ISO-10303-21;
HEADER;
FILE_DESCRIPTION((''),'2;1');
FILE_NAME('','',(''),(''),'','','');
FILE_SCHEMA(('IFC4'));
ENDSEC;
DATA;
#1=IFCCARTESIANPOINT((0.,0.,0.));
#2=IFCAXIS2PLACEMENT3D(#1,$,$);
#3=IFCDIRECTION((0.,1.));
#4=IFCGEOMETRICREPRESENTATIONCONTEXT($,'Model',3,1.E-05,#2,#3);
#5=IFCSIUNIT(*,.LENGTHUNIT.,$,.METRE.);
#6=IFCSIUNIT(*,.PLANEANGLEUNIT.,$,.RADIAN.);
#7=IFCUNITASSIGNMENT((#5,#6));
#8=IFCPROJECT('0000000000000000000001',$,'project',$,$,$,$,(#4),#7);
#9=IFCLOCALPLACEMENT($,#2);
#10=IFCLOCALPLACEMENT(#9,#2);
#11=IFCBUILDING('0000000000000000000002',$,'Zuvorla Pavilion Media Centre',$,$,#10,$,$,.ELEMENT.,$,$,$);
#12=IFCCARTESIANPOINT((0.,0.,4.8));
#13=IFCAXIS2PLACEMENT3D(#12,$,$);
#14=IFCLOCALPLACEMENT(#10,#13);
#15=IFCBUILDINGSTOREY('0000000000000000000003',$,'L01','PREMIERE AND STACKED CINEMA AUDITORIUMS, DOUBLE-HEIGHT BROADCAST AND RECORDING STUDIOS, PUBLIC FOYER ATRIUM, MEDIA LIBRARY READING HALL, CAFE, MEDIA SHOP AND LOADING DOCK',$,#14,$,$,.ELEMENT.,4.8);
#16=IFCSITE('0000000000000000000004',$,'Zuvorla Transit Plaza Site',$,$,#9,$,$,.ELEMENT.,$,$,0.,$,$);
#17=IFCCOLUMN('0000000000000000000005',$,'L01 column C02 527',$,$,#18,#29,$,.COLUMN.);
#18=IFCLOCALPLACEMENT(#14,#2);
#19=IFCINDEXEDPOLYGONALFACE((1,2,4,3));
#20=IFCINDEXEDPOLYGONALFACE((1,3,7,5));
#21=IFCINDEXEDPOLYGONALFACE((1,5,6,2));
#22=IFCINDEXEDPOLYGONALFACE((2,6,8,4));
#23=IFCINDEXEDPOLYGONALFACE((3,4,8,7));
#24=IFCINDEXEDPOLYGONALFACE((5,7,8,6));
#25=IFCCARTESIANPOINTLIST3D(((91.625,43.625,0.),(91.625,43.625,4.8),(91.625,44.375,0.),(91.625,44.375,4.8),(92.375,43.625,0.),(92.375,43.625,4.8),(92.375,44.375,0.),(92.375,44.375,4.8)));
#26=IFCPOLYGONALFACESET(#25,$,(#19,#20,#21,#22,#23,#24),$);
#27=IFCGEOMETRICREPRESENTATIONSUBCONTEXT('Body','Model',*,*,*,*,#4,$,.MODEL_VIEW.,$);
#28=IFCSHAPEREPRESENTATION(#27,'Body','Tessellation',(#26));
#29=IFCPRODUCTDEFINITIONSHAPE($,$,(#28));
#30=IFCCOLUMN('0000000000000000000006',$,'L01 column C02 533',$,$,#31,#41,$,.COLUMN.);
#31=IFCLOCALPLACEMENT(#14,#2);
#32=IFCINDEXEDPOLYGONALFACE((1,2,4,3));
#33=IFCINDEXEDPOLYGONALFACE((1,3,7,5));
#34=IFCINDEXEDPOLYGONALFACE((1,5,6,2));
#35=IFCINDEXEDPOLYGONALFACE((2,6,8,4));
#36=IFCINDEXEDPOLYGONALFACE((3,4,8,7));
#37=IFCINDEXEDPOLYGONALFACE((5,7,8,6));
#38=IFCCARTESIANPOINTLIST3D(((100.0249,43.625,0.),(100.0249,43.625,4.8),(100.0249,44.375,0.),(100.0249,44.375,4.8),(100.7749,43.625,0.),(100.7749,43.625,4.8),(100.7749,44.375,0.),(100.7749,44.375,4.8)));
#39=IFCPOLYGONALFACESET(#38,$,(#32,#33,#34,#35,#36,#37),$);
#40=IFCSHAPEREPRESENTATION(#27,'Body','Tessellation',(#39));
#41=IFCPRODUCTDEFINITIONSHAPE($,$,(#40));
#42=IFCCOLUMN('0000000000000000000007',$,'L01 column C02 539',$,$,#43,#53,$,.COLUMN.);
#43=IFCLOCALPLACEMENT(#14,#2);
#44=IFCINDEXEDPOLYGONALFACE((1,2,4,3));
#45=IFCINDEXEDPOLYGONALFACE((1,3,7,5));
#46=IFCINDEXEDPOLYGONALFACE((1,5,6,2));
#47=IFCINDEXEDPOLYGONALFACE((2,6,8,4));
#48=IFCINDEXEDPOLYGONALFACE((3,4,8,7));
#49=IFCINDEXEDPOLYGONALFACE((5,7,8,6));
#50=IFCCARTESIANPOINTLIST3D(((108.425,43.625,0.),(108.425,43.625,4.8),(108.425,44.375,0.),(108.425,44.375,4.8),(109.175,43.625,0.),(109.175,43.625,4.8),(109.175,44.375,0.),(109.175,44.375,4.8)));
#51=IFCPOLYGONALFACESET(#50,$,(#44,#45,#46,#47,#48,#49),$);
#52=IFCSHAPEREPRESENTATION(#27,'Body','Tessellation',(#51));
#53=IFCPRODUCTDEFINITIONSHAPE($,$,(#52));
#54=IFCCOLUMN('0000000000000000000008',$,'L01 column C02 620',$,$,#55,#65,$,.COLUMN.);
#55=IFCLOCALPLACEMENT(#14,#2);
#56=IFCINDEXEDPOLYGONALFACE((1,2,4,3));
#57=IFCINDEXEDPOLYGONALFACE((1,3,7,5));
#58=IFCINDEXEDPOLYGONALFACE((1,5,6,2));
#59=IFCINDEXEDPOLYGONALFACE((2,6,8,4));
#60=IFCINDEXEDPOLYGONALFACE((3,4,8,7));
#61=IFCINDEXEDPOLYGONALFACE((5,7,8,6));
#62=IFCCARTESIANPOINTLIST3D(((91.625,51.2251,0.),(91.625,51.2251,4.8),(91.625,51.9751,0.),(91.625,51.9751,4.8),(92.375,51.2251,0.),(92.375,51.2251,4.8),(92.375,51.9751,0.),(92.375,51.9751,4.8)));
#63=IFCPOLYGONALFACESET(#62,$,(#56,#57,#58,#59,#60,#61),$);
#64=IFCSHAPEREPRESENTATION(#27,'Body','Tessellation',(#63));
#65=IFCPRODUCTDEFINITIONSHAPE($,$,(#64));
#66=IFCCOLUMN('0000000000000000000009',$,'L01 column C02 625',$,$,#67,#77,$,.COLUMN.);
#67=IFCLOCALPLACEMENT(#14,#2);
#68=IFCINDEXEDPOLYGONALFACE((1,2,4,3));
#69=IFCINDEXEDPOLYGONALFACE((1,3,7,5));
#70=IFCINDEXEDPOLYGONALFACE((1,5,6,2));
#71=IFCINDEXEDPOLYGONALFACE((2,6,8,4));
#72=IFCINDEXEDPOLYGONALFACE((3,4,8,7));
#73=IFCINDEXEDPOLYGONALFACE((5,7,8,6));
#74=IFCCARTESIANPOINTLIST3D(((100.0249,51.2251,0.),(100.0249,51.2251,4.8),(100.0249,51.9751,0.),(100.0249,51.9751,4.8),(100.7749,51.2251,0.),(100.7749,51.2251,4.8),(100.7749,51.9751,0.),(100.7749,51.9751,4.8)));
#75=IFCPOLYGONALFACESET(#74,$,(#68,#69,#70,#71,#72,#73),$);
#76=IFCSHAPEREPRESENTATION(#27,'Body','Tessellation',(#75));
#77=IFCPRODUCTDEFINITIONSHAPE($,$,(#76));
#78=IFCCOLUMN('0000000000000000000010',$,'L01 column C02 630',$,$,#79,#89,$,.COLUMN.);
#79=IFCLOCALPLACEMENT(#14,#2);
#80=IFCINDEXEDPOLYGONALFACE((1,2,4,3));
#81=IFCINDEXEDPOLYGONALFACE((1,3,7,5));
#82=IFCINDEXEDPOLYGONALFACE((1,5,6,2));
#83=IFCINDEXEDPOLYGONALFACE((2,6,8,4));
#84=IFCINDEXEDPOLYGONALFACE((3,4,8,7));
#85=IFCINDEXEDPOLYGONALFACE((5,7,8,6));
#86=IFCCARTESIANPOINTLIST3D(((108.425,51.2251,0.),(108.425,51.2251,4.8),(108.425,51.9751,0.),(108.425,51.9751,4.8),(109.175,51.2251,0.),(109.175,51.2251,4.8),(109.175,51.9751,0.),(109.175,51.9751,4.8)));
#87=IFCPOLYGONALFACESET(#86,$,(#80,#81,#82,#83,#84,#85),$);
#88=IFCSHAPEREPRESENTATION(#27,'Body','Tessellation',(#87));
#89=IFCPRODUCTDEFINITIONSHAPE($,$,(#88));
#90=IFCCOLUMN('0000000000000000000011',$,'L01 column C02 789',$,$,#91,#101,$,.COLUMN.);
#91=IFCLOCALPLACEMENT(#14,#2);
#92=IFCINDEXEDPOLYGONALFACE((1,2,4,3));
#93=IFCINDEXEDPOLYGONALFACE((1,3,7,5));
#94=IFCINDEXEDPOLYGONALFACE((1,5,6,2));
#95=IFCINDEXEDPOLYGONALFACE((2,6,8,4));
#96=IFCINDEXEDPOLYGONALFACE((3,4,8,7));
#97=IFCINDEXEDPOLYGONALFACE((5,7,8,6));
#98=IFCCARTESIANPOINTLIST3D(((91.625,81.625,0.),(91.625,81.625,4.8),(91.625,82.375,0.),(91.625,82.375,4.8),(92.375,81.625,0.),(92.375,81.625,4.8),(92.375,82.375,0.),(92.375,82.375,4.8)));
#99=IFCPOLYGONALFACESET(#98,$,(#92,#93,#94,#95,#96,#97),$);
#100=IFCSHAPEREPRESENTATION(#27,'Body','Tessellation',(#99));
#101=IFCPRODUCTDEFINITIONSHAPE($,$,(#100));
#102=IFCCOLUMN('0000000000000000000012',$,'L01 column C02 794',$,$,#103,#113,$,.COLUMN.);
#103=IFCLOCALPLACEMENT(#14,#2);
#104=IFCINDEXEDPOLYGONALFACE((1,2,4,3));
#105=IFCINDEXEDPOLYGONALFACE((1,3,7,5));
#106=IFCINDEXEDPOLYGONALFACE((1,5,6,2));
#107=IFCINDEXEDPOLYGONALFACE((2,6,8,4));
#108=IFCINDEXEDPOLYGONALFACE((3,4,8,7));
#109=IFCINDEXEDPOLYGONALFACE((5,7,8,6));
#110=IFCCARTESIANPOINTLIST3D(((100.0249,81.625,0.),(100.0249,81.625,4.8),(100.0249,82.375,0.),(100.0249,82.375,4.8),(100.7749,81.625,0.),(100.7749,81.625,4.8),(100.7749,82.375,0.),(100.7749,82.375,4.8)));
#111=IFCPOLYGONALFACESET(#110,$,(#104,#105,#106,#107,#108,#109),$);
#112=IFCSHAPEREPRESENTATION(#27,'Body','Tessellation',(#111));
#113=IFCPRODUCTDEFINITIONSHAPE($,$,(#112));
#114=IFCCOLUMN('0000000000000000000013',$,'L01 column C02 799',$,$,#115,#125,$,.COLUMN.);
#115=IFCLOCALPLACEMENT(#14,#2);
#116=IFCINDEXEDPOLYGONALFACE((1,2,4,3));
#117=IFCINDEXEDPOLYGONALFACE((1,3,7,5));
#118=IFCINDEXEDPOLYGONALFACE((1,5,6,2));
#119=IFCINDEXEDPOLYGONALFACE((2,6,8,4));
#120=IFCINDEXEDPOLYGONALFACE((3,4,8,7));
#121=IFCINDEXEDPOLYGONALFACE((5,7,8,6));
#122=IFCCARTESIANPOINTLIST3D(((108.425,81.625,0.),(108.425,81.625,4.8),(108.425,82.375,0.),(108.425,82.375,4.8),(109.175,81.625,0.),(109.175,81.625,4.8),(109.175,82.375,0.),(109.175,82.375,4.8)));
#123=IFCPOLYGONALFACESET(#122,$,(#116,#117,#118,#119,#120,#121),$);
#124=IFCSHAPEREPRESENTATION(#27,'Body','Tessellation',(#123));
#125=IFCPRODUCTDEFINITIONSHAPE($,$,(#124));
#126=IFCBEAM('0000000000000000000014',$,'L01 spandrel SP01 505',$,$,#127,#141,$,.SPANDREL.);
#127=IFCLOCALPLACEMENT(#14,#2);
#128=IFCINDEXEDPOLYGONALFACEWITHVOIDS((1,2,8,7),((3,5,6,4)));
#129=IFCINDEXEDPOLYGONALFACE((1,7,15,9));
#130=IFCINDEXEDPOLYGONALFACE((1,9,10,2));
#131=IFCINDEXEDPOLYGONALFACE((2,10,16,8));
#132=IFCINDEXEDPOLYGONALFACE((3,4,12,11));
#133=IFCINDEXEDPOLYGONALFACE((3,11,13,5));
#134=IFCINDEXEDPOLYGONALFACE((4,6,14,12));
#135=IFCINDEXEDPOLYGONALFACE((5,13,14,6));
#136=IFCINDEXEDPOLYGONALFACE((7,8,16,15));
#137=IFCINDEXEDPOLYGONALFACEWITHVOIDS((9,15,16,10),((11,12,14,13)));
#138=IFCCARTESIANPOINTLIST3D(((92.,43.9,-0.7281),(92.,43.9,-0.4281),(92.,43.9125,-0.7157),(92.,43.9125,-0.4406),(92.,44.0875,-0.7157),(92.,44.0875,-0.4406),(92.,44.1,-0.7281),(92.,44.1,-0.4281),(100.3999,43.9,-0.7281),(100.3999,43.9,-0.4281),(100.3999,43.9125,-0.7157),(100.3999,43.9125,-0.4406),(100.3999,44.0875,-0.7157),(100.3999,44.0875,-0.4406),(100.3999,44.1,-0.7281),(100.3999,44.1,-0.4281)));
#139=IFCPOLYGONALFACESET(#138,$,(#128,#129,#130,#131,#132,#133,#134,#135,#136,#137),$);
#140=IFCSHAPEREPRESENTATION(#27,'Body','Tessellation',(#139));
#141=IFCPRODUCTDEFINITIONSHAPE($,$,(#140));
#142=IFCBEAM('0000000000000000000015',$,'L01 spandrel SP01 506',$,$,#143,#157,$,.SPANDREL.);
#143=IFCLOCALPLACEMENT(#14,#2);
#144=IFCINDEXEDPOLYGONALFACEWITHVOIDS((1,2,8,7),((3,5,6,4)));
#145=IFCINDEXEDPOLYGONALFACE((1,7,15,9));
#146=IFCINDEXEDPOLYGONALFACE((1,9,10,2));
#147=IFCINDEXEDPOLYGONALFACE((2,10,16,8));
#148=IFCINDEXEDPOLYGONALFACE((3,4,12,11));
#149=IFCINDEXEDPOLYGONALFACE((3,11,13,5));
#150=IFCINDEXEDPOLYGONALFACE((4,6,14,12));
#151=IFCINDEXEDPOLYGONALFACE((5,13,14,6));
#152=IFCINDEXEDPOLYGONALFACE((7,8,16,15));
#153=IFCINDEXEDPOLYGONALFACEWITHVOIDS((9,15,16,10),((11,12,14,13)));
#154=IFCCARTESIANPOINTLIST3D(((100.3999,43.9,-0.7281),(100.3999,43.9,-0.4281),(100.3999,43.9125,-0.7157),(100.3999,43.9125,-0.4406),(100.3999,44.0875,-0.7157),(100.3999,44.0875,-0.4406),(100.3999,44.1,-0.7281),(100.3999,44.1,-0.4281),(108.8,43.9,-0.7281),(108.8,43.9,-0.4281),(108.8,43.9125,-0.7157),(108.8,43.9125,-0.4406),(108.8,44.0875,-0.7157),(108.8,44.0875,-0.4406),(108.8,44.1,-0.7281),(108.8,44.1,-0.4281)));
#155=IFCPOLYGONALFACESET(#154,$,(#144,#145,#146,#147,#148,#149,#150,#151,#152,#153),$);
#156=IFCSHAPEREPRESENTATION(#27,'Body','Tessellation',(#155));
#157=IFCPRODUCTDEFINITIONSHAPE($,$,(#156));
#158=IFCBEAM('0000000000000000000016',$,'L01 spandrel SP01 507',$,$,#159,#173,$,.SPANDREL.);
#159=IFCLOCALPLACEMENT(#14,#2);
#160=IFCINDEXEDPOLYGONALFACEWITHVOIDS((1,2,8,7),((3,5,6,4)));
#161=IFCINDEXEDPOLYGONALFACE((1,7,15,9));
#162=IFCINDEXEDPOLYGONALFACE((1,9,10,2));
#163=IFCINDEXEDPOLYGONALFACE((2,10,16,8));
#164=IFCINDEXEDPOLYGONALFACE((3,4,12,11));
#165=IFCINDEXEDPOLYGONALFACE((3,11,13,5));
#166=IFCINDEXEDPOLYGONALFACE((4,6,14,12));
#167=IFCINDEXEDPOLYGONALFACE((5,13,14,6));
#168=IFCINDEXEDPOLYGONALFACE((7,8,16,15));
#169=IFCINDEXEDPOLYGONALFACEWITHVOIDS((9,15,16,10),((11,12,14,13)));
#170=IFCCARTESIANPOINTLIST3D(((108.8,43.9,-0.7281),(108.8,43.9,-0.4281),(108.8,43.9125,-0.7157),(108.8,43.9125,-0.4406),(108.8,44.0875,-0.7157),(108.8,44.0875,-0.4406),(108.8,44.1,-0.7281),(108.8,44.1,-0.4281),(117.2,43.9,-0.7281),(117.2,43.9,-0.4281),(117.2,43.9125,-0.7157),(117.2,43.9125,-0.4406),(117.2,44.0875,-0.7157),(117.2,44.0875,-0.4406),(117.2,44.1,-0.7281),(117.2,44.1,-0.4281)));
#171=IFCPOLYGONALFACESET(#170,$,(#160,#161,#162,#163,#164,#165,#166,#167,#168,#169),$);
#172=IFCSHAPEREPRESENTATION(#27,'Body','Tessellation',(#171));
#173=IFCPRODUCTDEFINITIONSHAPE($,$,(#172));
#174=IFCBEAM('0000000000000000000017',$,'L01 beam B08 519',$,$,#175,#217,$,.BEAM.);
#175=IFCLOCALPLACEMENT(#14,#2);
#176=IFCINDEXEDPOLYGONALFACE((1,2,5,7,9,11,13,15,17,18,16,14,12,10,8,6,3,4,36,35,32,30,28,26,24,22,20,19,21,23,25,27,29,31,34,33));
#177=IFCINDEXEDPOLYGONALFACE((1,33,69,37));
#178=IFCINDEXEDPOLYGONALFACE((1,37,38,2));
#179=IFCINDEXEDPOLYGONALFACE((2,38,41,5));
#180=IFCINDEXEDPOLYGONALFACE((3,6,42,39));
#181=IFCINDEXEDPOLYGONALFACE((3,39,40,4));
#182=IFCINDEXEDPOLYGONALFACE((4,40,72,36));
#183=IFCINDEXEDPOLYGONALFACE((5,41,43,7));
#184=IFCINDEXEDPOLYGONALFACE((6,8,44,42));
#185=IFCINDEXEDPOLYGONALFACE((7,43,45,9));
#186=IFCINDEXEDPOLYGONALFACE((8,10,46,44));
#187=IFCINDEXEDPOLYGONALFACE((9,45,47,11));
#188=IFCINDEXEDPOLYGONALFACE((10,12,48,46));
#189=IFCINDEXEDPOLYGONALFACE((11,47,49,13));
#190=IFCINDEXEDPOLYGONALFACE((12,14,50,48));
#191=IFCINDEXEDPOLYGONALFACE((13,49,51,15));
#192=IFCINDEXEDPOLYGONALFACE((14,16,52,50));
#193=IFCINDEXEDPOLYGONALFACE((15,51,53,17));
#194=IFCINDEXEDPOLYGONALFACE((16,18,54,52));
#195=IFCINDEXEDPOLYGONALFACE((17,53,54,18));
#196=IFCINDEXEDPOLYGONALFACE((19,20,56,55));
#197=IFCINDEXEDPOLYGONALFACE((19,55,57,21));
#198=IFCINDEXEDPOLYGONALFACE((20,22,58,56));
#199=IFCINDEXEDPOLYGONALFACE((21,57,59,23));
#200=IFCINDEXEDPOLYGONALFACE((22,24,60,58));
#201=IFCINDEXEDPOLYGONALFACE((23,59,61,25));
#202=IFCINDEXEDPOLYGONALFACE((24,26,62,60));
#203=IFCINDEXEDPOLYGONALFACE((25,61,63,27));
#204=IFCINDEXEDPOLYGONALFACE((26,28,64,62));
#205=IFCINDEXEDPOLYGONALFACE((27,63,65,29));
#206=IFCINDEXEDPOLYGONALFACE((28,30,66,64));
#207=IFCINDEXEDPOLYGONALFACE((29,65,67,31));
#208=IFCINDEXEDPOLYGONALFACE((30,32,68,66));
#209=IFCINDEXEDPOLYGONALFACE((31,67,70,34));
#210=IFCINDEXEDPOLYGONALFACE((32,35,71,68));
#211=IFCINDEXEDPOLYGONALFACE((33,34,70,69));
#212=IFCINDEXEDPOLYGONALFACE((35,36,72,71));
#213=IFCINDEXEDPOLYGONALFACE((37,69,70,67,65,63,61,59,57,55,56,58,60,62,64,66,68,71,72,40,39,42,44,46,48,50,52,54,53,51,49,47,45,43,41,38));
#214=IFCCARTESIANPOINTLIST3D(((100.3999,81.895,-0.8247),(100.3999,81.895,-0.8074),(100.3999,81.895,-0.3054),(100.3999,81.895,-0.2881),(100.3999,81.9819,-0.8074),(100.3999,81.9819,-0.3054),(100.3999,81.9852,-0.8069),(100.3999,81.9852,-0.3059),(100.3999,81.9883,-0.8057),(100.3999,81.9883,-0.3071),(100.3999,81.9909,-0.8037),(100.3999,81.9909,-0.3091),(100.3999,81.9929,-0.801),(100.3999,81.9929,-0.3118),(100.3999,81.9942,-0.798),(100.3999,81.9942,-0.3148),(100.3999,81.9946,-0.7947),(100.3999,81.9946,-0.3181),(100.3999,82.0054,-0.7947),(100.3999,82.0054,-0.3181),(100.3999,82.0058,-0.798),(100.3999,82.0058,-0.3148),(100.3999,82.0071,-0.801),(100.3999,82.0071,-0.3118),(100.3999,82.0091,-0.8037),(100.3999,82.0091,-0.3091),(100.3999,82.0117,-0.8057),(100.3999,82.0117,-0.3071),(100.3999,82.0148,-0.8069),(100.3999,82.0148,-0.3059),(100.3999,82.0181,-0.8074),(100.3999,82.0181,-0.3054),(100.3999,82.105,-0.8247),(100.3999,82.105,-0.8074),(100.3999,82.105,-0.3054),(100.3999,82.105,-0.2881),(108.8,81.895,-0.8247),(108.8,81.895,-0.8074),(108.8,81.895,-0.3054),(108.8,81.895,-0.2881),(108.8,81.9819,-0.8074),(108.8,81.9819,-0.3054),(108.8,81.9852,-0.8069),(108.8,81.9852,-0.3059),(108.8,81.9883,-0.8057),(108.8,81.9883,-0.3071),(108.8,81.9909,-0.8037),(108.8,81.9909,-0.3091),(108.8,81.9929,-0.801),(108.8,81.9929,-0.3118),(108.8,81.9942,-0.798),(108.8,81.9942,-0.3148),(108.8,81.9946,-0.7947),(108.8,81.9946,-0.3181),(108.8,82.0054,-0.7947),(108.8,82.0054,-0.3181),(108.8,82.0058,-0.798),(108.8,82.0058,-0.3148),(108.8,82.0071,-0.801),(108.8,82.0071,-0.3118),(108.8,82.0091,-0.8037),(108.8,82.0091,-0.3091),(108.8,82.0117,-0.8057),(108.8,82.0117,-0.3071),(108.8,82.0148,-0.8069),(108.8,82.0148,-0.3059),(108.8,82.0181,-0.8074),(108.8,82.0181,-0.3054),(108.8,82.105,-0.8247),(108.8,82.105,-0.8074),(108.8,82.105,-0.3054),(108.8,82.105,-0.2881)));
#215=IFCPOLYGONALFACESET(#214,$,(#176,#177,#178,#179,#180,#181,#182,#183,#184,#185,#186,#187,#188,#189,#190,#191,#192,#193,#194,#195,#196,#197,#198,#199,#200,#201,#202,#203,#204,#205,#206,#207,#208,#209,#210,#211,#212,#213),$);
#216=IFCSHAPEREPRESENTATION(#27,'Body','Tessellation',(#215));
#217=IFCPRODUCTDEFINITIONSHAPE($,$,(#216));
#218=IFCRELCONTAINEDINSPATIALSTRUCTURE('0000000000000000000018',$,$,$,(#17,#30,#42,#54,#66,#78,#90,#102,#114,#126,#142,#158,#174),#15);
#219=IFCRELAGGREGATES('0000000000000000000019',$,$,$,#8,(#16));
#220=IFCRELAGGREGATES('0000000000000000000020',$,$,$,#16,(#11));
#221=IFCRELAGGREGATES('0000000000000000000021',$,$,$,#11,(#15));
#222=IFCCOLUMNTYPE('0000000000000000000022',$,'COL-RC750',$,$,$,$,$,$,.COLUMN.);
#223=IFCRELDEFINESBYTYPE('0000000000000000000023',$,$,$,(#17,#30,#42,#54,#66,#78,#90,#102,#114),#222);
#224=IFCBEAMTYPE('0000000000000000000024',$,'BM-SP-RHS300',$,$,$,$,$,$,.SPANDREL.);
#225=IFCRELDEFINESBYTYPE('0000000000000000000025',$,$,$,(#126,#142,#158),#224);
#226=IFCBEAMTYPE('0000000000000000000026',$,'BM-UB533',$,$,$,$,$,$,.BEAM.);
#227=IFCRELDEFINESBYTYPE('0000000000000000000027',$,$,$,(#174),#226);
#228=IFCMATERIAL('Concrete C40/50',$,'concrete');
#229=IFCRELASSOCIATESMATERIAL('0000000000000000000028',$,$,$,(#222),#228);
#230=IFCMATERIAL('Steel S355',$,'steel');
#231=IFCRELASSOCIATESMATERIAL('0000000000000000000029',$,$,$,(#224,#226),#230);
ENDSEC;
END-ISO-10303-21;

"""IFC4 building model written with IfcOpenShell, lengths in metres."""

from ifc_helpers import new_model, si_unit, direction, frame, origin, origin_2d, place, context, subcontext, project, spatial, rectangle, hollow_rectangle, i_section, extrude, material, material_profile, profile_set, type_object, element, save


model = new_model("IFC4")

# Units and contexts
model_context = context("Model", 3, precision=1e-05, world=origin(), true_north=direction((0.0, 1.0)))
body_context = subcontext(model_context, "Body", "Model", "MODEL_VIEW")
ifc_project = project(units=[si_unit("LENGTHUNIT", "METRE"), si_unit("PLANEANGLEUNIT", "RADIAN")], contexts=[model_context])

# Site, building, storey
site_placement = place(None, origin())
site = spatial("IfcSite", under=ifc_project, at=site_placement, Name="Zuvorla Transit Plaza Site", CompositionType="ELEMENT", RefElevation=0.0)
building_placement = place(site_placement, origin())
building = spatial("IfcBuilding", under=site, at=building_placement, Name="Zuvorla Pavilion Media Centre", CompositionType="ELEMENT")
storey_placement = place(building_placement, frame((0.0, 0.0, 4.8)))
storey = spatial("IfcBuildingStorey", under=building, at=storey_placement, Name="L01", Description="PREMIERE AND STACKED CINEMA AUDITORIUMS, DOUBLE-HEIGHT BROADCAST AND RECORDING STUDIOS, PUBLIC FOYER ATRIUM, MEDIA LIBRARY READING HALL, CAFE, MEDIA SHOP AND LOADING DOCK", CompositionType="ELEMENT", Elevation=4.8)

# Columns
ifc_material_1 = material(Name="Concrete C40/50", Category="concrete")
ifc_material_profile_1 = material_profile(ifc_material_1, rectangle(XDim=0.75, YDim=0.75, at=origin_2d()), Name="RC 750x750")
ifc_profile_set_1 = profile_set([ifc_material_profile_1], Name="Concrete C40/50")
column_type = type_object("IfcColumnType", Name="COL-RC750", PredefinedType="COLUMN", material=ifc_profile_set_1)
for number, where, z_axis, x_axis, name in (
    (1, (92.0, 44.0, 0.0), (0.0, 0.0, 1.0), (1.0, 0.0, 0.0), "L01 column C02 527"),
    (2, (100.3999, 44.0, 0.0), (0.0, 0.0, 1.0), (1.0, 0.0, 0.0), "L01 column C02 533"),
    (3, (108.8, 44.0, 0.0), (0.0, 0.0, 1.0), (1.0, 0.0, 0.0), "L01 column C02 539"),
    (4, (92.0, 51.6001, 0.0), (0.0, 0.0, 1.0), (1.0, 0.0, 0.0), "L01 column C02 620"),
    (5, (100.3999, 51.6001, 0.0), (0.0, 0.0, 1.0), (1.0, 0.0, 0.0), "L01 column C02 625"),
    (6, (108.8, 51.6001, 0.0), (0.0, 0.0, 1.0), (1.0, 0.0, 0.0), "L01 column C02 630"),
    (7, (92.0, 82.0, 0.0), (0.0, 0.0, 1.0), (1.0, 0.0, 0.0), "L01 column C02 789"),
    (8, (100.3999, 82.0, 0.0), (0.0, 0.0, 1.0), (1.0, 0.0, 0.0), "L01 column C02 794"),
    (9, (108.8, 82.0, 0.0), (0.0, 0.0, 1.0), (1.0, 0.0, 0.0), "L01 column C02 799"),
):
    element("IfcColumn", number, at=place(storey_placement, frame(where, z_axis=z_axis, x_axis=x_axis)), inside=storey, type_object=column_type, Name=name, PredefinedType="COLUMN", context=body_context, shape_type="SweptSolid", body=[
        extrude(rectangle(XDim=0.75, YDim=0.75, at=origin_2d()), origin(), (0.0, 0.0, 1.0), 4.8),
    ])

# Beams
ifc_material_2 = material(Name="Steel S355", Category="steel")
ifc_material_profile_2 = material_profile(ifc_material_2, hollow_rectangle(XDim=0.2, YDim=0.3, WallThickness=0.0125, at=origin_2d()), Name="RHS 300x200x12.5")
ifc_profile_set_2 = profile_set([ifc_material_profile_2], Name="Steel S355")
beam_type_1 = type_object("IfcBeamType", Name="BM-SP-RHS300", PredefinedType="SPANDREL", material=ifc_profile_set_2)
beam_1_placement = place(storey_placement, frame((92.0, 44.0, -0.5781), z_axis=(1.0, 0.0, 0.0), x_axis=(0.0, 1.0, 0.0)))
element("IfcBeam", 10, at=beam_1_placement, inside=storey, type_object=beam_type_1, Name="L01 spandrel SP01 505", PredefinedType="SPANDREL", context=body_context, shape_type="SweptSolid", body=[
    extrude(hollow_rectangle(XDim=0.2, YDim=0.3, WallThickness=0.0125, at=origin_2d()), origin(), (0.0, 0.0, 1.0), 8.3999),
])
beam_2_placement = place(storey_placement, frame((100.3999, 44.0, -0.5781), z_axis=(1.0, 0.0, 0.0), x_axis=(0.0, 1.0, 0.0)))
element("IfcBeam", 11, at=beam_2_placement, inside=storey, type_object=beam_type_1, Name="L01 spandrel SP01 506", PredefinedType="SPANDREL", context=body_context, shape_type="SweptSolid", body=[
    extrude(hollow_rectangle(XDim=0.2, YDim=0.3, WallThickness=0.0125, at=origin_2d()), origin(), (0.0, 0.0, 1.0), 8.4001),
])
beam_3_placement = place(storey_placement, frame((108.8, 44.0, -0.5781), z_axis=(1.0, 0.0, 0.0), x_axis=(0.0, 1.0, 0.0)))
element("IfcBeam", 12, at=beam_3_placement, inside=storey, type_object=beam_type_1, Name="L01 spandrel SP01 507", PredefinedType="SPANDREL", context=body_context, shape_type="SweptSolid", body=[
    extrude(hollow_rectangle(XDim=0.2, YDim=0.3, WallThickness=0.0125, at=origin_2d()), origin(), (0.0, 0.0, 1.0), 8.3999),
])
ifc_material_profile_3 = material_profile(ifc_material_2, i_section(OverallWidth=0.21, OverallDepth=0.5366, WebThickness=0.0107, FlangeThickness=0.0173, FilletRadius=0.0127, at=origin_2d()), Name="UB 533x210x101")
ifc_profile_set_3 = profile_set([ifc_material_profile_3], Name="Steel S355")
beam_type_2 = type_object("IfcBeamType", Name="BM-UB533", PredefinedType="BEAM", material=ifc_profile_set_3)
beam_4_placement = place(storey_placement, frame((100.3999, 82.0, -0.5564), z_axis=(1.0, 0.0, 0.0), x_axis=(0.0, 1.0, 0.0)))
element("IfcBeam", 13, at=beam_4_placement, inside=storey, type_object=beam_type_2, Name="L01 beam B08 519", PredefinedType="BEAM", context=body_context, shape_type="SweptSolid", body=[
    extrude(i_section(OverallWidth=0.21, OverallDepth=0.5366, WebThickness=0.0107, FlangeThickness=0.0173, FilletRadius=0.0127, at=origin_2d()), origin(), (0.0, 0.0, 1.0), 8.4001),
])

save(model, "model.ifc")
